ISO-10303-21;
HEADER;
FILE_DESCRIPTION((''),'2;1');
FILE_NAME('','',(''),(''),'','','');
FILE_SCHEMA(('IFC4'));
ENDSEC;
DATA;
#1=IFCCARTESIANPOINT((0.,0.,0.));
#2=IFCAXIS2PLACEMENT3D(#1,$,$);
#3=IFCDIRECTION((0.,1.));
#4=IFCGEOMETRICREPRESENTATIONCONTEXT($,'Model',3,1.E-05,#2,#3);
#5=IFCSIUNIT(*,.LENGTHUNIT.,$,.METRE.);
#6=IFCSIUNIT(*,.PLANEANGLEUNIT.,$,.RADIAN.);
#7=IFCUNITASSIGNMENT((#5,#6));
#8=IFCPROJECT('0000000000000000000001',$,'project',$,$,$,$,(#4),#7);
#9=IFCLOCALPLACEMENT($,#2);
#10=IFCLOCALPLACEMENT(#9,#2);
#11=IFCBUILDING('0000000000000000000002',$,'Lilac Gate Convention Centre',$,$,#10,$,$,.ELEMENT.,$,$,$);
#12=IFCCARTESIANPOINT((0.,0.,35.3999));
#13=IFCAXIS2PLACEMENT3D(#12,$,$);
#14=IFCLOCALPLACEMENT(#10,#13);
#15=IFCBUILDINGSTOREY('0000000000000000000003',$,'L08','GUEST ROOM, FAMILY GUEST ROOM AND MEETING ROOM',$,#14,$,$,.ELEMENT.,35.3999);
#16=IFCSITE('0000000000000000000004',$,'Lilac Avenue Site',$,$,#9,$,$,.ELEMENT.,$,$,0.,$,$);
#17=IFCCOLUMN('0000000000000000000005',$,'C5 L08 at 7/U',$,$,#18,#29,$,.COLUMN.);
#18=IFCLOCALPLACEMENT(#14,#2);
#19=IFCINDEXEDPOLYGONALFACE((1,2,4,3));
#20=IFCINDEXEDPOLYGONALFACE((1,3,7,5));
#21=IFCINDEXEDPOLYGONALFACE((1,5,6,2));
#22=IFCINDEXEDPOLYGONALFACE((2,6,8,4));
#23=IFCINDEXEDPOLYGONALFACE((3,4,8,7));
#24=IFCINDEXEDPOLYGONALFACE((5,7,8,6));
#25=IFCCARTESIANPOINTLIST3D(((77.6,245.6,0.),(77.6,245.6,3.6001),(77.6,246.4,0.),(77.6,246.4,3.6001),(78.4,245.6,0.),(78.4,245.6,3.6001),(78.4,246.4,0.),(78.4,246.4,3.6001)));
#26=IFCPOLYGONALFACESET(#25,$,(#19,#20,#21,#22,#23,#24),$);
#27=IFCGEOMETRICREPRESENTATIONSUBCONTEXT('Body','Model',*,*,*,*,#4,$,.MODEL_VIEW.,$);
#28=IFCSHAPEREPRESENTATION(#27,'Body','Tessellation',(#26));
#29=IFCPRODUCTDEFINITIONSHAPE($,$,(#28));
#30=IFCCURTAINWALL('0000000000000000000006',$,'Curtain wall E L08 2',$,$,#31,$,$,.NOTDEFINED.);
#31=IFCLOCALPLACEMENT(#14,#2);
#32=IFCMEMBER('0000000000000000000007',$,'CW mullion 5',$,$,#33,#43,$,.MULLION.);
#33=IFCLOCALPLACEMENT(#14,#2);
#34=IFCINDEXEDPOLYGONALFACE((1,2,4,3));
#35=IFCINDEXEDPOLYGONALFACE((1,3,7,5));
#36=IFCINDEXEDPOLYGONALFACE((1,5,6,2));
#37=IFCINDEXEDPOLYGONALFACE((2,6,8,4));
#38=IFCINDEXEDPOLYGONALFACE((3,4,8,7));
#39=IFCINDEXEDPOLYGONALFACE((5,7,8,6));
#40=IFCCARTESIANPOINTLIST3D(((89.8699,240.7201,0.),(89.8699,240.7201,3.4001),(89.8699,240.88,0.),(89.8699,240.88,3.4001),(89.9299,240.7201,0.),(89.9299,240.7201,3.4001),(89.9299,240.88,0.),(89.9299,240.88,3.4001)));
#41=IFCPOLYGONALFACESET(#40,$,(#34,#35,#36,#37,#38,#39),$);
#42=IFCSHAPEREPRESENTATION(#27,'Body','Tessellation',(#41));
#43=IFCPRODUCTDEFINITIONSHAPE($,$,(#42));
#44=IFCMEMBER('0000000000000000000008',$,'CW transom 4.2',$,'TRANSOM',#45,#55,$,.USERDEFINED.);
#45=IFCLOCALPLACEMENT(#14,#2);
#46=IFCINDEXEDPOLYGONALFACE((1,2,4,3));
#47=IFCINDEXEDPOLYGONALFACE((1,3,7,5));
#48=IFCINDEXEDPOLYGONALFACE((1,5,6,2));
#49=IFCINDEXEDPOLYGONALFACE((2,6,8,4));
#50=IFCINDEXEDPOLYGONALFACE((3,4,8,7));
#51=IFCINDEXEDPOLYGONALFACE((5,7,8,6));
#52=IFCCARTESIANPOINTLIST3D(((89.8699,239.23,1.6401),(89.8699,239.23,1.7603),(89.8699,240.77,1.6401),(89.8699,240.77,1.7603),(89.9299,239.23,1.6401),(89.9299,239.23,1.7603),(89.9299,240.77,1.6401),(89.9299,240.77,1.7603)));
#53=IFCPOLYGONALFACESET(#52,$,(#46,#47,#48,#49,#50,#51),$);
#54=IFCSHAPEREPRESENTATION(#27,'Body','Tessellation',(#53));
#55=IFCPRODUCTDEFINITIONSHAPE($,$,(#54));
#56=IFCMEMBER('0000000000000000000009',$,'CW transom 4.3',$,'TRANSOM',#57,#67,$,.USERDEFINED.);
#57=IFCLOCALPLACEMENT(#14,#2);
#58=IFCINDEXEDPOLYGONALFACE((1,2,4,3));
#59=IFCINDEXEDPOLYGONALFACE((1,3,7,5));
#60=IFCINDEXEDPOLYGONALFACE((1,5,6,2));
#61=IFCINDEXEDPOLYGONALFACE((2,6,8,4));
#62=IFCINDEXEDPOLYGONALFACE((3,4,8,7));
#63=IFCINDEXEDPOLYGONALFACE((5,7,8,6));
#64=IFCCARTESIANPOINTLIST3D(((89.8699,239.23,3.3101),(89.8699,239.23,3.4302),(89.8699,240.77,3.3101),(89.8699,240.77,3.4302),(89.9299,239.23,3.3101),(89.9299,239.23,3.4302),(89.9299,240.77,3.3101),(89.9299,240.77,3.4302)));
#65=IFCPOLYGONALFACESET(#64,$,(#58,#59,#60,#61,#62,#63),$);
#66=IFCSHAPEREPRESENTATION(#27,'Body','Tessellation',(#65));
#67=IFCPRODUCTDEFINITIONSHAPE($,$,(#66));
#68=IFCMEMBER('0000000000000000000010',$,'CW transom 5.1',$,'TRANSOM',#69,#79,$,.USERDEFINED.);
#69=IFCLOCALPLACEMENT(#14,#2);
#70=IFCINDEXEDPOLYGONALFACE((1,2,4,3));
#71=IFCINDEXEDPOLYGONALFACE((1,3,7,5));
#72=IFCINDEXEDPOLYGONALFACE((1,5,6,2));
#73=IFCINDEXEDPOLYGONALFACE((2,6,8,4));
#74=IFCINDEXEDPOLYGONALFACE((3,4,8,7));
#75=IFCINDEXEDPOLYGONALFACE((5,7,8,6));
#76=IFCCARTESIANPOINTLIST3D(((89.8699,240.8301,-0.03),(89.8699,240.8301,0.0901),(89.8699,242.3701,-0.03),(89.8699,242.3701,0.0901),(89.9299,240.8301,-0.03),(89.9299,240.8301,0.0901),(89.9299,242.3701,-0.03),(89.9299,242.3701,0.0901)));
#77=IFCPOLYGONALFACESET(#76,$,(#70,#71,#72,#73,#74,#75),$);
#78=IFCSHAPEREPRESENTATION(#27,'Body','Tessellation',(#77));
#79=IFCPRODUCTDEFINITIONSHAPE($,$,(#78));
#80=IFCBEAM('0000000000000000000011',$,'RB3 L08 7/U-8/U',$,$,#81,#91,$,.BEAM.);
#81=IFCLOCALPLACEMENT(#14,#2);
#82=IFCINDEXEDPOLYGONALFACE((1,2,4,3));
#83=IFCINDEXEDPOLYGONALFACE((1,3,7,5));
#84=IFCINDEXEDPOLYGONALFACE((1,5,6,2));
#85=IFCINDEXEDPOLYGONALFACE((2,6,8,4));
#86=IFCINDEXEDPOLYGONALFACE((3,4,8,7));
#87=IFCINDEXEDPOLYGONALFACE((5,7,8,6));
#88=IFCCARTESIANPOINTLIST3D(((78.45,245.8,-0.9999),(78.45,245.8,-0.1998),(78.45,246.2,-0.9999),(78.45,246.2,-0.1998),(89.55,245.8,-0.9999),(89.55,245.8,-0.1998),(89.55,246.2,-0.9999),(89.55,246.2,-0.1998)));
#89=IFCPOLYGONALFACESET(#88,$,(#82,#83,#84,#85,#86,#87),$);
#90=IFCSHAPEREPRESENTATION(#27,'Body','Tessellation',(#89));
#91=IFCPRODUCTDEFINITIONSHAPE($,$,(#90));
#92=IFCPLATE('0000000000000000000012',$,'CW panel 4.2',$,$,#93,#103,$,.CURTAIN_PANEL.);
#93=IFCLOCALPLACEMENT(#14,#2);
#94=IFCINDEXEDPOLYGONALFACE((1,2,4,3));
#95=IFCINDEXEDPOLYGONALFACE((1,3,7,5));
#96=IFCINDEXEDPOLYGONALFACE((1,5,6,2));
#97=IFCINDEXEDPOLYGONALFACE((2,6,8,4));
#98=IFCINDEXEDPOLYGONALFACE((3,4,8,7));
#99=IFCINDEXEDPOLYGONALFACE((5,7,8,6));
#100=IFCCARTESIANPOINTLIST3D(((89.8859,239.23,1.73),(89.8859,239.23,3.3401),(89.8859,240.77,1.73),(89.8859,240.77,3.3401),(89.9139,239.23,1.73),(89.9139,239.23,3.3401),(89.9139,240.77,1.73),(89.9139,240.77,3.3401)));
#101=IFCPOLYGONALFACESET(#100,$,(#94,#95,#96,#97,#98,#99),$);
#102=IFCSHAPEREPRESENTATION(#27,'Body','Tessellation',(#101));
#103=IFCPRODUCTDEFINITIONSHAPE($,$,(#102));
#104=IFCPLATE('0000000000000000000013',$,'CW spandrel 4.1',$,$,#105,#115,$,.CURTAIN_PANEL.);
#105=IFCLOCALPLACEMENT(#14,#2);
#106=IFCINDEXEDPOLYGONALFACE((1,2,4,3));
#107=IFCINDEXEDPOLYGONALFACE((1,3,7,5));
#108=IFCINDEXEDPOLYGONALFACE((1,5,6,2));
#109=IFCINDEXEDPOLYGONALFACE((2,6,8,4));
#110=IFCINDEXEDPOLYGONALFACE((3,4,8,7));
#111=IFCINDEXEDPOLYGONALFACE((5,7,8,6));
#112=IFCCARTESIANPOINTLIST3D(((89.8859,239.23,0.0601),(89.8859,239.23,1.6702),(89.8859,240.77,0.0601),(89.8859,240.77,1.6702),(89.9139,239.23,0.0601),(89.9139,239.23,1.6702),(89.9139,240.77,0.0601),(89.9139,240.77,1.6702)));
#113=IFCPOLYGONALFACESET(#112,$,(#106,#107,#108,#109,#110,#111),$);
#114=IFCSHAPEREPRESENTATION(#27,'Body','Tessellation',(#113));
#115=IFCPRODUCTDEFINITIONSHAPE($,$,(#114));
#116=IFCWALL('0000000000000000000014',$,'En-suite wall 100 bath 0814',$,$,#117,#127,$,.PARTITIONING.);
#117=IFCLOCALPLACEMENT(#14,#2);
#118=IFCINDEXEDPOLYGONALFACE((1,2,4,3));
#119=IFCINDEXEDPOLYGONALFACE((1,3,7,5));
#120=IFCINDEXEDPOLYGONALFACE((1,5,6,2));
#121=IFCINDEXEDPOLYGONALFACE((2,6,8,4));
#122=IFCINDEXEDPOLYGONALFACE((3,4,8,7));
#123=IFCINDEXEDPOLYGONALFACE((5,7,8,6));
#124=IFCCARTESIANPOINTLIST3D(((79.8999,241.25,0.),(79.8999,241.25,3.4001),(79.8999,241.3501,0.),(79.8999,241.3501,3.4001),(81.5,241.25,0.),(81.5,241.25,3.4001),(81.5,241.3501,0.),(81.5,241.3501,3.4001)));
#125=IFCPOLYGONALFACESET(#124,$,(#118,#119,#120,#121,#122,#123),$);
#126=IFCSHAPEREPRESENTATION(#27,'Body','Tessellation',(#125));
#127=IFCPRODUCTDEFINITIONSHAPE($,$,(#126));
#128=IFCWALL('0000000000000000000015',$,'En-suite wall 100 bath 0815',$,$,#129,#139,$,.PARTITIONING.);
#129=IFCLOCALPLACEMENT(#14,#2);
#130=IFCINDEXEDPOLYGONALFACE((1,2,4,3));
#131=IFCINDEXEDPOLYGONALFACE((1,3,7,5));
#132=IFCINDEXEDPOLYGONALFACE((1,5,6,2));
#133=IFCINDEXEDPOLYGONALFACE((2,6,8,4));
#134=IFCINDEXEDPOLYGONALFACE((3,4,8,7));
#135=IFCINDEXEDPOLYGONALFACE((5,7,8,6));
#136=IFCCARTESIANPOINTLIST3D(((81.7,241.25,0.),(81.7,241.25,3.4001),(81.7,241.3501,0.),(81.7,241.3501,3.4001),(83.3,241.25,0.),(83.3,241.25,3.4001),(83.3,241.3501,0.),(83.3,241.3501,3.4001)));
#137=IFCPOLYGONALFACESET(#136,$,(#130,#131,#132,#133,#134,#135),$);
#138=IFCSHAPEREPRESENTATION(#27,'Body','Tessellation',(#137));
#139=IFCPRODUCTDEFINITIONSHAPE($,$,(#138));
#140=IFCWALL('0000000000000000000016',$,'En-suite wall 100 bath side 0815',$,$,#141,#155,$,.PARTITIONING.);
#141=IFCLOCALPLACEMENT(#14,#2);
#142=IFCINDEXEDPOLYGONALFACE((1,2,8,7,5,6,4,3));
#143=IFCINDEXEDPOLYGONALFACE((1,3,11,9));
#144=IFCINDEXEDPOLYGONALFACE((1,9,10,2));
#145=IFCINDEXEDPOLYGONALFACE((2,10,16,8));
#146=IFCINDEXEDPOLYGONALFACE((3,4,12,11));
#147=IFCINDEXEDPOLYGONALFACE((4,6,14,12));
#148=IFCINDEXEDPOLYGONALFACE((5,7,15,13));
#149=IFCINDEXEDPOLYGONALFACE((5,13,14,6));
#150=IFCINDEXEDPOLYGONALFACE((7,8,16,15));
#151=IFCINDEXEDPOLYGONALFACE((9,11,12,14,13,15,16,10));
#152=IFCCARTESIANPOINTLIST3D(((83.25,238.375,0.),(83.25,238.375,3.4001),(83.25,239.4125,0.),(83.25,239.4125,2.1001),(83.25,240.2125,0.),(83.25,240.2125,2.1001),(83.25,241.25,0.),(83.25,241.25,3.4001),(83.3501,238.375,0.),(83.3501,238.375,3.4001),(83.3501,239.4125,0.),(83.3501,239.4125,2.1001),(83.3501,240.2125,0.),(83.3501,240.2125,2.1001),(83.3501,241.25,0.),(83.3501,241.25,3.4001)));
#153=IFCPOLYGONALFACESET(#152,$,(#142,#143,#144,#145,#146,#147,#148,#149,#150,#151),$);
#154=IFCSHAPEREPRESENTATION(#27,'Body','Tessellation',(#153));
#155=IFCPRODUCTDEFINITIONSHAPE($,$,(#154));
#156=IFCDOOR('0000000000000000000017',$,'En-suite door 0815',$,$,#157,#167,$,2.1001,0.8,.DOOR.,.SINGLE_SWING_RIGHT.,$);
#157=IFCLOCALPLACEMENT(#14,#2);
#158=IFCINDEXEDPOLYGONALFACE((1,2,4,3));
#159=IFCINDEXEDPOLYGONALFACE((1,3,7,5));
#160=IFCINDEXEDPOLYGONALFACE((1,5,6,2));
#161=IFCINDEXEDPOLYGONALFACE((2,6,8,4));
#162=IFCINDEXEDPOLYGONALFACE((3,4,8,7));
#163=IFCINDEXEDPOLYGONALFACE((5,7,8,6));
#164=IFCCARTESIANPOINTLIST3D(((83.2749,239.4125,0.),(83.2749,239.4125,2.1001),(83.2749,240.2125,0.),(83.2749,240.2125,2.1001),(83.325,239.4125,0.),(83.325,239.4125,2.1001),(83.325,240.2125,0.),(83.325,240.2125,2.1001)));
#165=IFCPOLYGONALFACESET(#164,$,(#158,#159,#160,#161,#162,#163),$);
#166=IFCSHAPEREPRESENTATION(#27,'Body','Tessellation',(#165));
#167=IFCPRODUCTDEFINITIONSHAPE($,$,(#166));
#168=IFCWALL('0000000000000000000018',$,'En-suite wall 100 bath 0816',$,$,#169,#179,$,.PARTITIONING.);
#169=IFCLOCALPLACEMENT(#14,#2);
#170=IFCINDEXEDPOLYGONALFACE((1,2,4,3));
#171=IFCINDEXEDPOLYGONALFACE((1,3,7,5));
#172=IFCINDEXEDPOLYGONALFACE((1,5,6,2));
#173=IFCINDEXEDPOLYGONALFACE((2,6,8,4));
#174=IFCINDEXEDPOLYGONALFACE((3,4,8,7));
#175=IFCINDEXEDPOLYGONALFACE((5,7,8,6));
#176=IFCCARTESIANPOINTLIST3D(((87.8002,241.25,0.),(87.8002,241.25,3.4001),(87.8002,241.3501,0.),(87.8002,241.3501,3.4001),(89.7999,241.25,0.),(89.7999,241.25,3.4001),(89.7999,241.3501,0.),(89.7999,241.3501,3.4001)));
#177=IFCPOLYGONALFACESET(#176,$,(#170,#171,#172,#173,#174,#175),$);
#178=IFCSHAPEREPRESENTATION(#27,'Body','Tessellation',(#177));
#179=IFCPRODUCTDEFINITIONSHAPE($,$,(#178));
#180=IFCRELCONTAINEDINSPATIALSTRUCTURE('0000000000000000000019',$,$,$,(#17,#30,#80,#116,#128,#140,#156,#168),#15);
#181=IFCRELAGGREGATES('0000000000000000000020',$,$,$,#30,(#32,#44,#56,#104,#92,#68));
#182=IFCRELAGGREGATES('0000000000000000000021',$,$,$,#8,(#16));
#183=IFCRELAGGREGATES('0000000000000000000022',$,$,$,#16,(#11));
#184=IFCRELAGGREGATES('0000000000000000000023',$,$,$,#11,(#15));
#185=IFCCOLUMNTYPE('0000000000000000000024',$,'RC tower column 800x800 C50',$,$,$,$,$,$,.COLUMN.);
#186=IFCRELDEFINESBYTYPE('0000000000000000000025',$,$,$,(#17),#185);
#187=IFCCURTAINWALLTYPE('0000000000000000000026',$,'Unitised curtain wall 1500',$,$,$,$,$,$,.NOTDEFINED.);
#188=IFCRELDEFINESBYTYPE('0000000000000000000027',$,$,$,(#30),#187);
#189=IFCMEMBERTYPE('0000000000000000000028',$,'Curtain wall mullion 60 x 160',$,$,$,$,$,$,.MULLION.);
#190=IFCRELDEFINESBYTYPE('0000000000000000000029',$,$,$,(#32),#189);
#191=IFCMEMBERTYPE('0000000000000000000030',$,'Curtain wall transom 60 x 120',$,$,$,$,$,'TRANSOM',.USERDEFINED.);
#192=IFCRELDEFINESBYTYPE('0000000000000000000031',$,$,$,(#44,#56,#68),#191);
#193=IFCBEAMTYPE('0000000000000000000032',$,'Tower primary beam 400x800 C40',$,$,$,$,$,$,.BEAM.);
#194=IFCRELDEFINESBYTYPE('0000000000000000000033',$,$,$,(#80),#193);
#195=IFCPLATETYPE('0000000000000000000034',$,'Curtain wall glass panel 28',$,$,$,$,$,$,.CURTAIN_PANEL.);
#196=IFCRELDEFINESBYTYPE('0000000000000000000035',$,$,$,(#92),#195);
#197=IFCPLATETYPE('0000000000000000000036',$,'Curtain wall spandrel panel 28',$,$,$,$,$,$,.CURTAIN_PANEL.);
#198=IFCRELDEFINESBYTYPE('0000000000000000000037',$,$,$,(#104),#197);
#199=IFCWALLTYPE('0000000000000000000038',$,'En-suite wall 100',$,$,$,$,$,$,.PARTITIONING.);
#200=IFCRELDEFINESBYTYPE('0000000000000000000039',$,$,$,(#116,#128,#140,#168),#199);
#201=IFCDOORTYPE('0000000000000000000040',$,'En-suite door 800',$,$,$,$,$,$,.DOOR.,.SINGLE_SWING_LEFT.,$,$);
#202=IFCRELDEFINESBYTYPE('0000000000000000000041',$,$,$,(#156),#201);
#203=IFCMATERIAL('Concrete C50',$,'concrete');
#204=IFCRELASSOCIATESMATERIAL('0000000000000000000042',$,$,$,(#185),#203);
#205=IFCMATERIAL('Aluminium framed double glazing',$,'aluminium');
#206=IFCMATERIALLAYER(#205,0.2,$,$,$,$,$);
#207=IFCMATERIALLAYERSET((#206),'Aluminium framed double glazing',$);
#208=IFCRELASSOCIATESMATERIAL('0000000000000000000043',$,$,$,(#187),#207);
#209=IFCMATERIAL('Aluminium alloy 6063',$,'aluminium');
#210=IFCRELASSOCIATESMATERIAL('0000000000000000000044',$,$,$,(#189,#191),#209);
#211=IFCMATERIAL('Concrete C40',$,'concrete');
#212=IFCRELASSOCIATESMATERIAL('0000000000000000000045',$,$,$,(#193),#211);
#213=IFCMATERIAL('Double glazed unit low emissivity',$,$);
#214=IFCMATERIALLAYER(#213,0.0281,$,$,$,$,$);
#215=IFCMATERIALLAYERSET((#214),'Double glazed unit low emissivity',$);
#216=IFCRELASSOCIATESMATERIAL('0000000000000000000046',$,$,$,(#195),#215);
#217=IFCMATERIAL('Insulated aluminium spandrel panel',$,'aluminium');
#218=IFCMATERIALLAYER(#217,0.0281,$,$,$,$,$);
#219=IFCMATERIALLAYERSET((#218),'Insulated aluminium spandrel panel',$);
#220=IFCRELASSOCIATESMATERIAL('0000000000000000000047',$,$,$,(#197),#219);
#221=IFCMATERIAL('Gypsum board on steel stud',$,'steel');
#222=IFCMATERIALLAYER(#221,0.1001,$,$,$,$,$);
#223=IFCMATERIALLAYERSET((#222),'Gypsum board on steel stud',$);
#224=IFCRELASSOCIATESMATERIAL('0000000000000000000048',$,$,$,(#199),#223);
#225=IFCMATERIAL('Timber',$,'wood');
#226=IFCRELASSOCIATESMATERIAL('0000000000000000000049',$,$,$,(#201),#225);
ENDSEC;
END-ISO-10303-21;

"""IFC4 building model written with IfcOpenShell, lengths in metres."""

from ifc_helpers import new_model, si_unit, direction, frame, frame_2d, origin, origin_2d, place, context, subcontext, project, spatial, rectangle, extrude, material, layer, layer_set, material_profile, profile_set, type_object, element, fill, aggregate, save


model = new_model("IFC4")

# Units and contexts
model_context = context("Model", 3, precision=1e-05, world=origin(), true_north=direction((0.0, 1.0)))
body_context = subcontext(model_context, "Body", "Model", "MODEL_VIEW")
ifc_project = project(units=[si_unit("LENGTHUNIT", "METRE"), si_unit("PLANEANGLEUNIT", "RADIAN")], contexts=[model_context])

# Site, building, storey
site_placement = place(None, origin())
site = spatial("IfcSite", under=ifc_project, at=site_placement, Name="Lilac Avenue Site", CompositionType="ELEMENT", RefElevation=0.0)
building_placement = place(site_placement, origin())
building = spatial("IfcBuilding", under=site, at=building_placement, Name="Lilac Gate Convention Centre", CompositionType="ELEMENT")
storey_placement = place(building_placement, frame((0.0, 0.0, 35.3999)))
storey = spatial("IfcBuildingStorey", under=building, at=storey_placement, Name="L08", Description="GUEST ROOM, FAMILY GUEST ROOM AND MEETING ROOM", CompositionType="ELEMENT", Elevation=35.3999)

# Column
ifc_material_1 = material(Name="Concrete C50", Category="concrete")
ifc_material_profile_1 = material_profile(ifc_material_1, rectangle(XDim=0.8, YDim=0.8, at=origin_2d()), Name="RC 800x800")
ifc_profile_set_1 = profile_set([ifc_material_profile_1], Name="Concrete C50")
column_type = type_object("IfcColumnType", Name="RC tower column 800x800 C50", PredefinedType="COLUMN", material=ifc_profile_set_1)
column_placement = place(storey_placement, frame((78.0, 246.0, 0.0), z_axis=(0.0, 0.0, 1.0), x_axis=(1.0, 0.0, 0.0)))
element("IfcColumn", 1, at=column_placement, inside=storey, type_object=column_type, Name="C5 L08 at 7/U", PredefinedType="COLUMN", context=body_context, shape_type="SweptSolid", body=[
    extrude(rectangle(XDim=0.8, YDim=0.8, at=origin_2d()), origin(), (0.0, 0.0, 1.0), 3.6001),
])

# Curtain wall, members
ifc_material_2 = material(Name="Aluminium framed double glazing", Category="aluminium")
ifc_layer_1 = layer(ifc_material_2, 0.2)
ifc_layer_set_1 = layer_set([ifc_layer_1], Name="Aluminium framed double glazing")
curtain_wall_type = type_object("IfcCurtainWallType", Name="Unitised curtain wall 1500", PredefinedType="NOTDEFINED", material=ifc_layer_set_1)
curtain_wall_placement = place(storey_placement, origin())
curtain_wall = element("IfcCurtainWall", 2, at=curtain_wall_placement, inside=storey, type_object=curtain_wall_type, Name="Curtain wall E L08 2", PredefinedType="NOTDEFINED")
ifc_material_3 = material(Name="Aluminium alloy 6063", Category="aluminium")
ifc_material_profile_2 = material_profile(ifc_material_3, rectangle(XDim=0.0601, YDim=0.1599, at=origin_2d()), Name="Curtain wall mullion 60 x 160")
ifc_profile_set_2 = profile_set([ifc_material_profile_2], Name="Aluminium alloy 6063")
member_type_1 = type_object("IfcMemberType", Name="Curtain wall mullion 60 x 160", PredefinedType="MULLION", material=ifc_profile_set_2)
member_1_placement = place(storey_placement, frame((89.8999, 240.8, 0.0), z_axis=(0.0, 0.0, 1.0), x_axis=(-1.0, 0.0, 0.0)))
member_1 = element("IfcMember", 3, at=member_1_placement, type_object=member_type_1, Name="CW mullion 5", PredefinedType="MULLION", context=body_context, shape_type="SweptSolid", body=[
    extrude(rectangle(XDim=0.0601, YDim=0.1599, at=origin_2d()), origin(), (0.0, 0.0, 1.0), 3.4001),
])
ifc_material_profile_3 = material_profile(ifc_material_3, rectangle(XDim=0.0601, YDim=0.1201, at=origin_2d()), Name="Curtain wall transom 60 x 120")
ifc_profile_set_3 = profile_set([ifc_material_profile_3], Name="Aluminium alloy 6063")
member_type_2 = type_object("IfcMemberType", Name="Curtain wall transom 60 x 120", ElementType="TRANSOM", PredefinedType="USERDEFINED", material=ifc_profile_set_3)
member_2_placement = place(storey_placement, frame((89.8999, 239.23, 1.7002), z_axis=(0.0, 1.0, 0.0), x_axis=(-1.0, 0.0, 0.0)))
member_2 = element("IfcMember", 4, at=member_2_placement, type_object=member_type_2, Name="CW transom 4.2", ObjectType="TRANSOM", PredefinedType="USERDEFINED", context=body_context, shape_type="SweptSolid", body=[
    extrude(rectangle(XDim=0.0601, YDim=0.1201, at=origin_2d()), origin(), (0.0, 0.0, 1.0), 1.54),
])
member_3_placement = place(storey_placement, frame((89.8999, 239.23, 3.3701), z_axis=(0.0, 1.0, 0.0), x_axis=(-1.0, 0.0, 0.0)))
member_3 = element("IfcMember", 5, at=member_3_placement, type_object=member_type_2, Name="CW transom 4.3", ObjectType="TRANSOM", PredefinedType="USERDEFINED", context=body_context, shape_type="SweptSolid", body=[
    extrude(rectangle(XDim=0.0601, YDim=0.1201, at=origin_2d()), origin(), (0.0, 0.0, 1.0), 1.54),
])
member_4_placement = place(storey_placement, frame((89.8999, 240.8301, 0.03), z_axis=(0.0, 1.0, 0.0), x_axis=(-1.0, 0.0, 0.0)))
member_4 = element("IfcMember", 6, at=member_4_placement, type_object=member_type_2, Name="CW transom 5.1", ObjectType="TRANSOM", PredefinedType="USERDEFINED", context=body_context, shape_type="SweptSolid", body=[
    extrude(rectangle(XDim=0.0601, YDim=0.1201, at=origin_2d()), origin(), (0.0, 0.0, 1.0), 1.54),
])

# Beam
ifc_material_4 = material(Name="Concrete C40", Category="concrete")
ifc_material_profile_4 = material_profile(ifc_material_4, rectangle(XDim=0.3999, YDim=0.8, at=origin_2d()), Name="RC 400x800")
ifc_profile_set_4 = profile_set([ifc_material_profile_4], Name="Concrete C40")
beam_type = type_object("IfcBeamType", Name="Tower primary beam 400x800 C40", PredefinedType="BEAM", material=ifc_profile_set_4)
beam_placement = place(storey_placement, frame((78.45, 246.0, -0.5999), z_axis=(1.0, 0.0, 0.0), x_axis=(0.0, 1.0, 0.0)))
element("IfcBeam", 7, at=beam_placement, inside=storey, type_object=beam_type, Name="RB3 L08 7/U-8/U", PredefinedType="BEAM", context=body_context, shape_type="SweptSolid", body=[
    extrude(rectangle(XDim=0.3999, YDim=0.8, at=origin_2d()), origin(), (0.0, 0.0, 1.0), 11.1001),
])

# Plates
ifc_material_5 = material(Name="Double glazed unit low emissivity")
ifc_layer_2 = layer(ifc_material_5, 0.0281)
ifc_layer_set_2 = layer_set([ifc_layer_2], Name="Double glazed unit low emissivity")
plate_type_1 = type_object("IfcPlateType", Name="Curtain wall glass panel 28", PredefinedType="CURTAIN_PANEL", material=ifc_layer_set_2)
plate_1_placement = place(storey_placement, frame((89.8999, 240.0, 1.73), z_axis=(0.0, 0.0, 1.0), x_axis=(0.0, 1.0, 0.0)))
plate_1 = element("IfcPlate", 8, at=plate_1_placement, type_object=plate_type_1, Name="CW panel 4.2", PredefinedType="CURTAIN_PANEL", context=body_context, shape_type="SweptSolid", body=[
    extrude(rectangle(XDim=1.54, YDim=0.0281, at=origin_2d()), origin(), (0.0, 0.0, 1.0), 1.6101),
])
ifc_material_6 = material(Name="Insulated aluminium spandrel panel", Category="aluminium")
ifc_layer_3 = layer(ifc_material_6, 0.0281)
ifc_layer_set_3 = layer_set([ifc_layer_3], Name="Insulated aluminium spandrel panel")
plate_type_2 = type_object("IfcPlateType", Name="Curtain wall spandrel panel 28", PredefinedType="CURTAIN_PANEL", material=ifc_layer_set_3)
plate_2_placement = place(storey_placement, frame((89.8999, 240.0, 0.0601), z_axis=(0.0, 0.0, 1.0), x_axis=(0.0, 1.0, 0.0)))
plate_2 = element("IfcPlate", 9, at=plate_2_placement, type_object=plate_type_2, Name="CW spandrel 4.1", PredefinedType="CURTAIN_PANEL", context=body_context, shape_type="SweptSolid", body=[
    extrude(rectangle(XDim=1.54, YDim=0.0281, at=origin_2d()), origin(), (0.0, 0.0, 1.0), 1.6101),
])
aggregate(curtain_wall, [member_1, member_2, member_3, plate_2, plate_1, member_4])

# Walls
ifc_material_7 = material(Name="Gypsum board on steel stud", Category="steel")
ifc_layer_4 = layer(ifc_material_7, 0.1001)
ifc_layer_set_4 = layer_set([ifc_layer_4], Name="Gypsum board on steel stud")
wall_type_1 = type_object("IfcWallType", Name="En-suite wall 100", PredefinedType="PARTITIONING", material=ifc_layer_set_4)
for number, where, z_axis, x_axis, name in (
    (10, (79.8999, 241.3, 0.0), (0.0, 0.0, 1.0), (1.0, 0.0, 0.0), "En-suite wall 100 bath 0814"),
    (11, (81.7, 241.3, 0.0), (0.0, 0.0, 1.0), (1.0, 0.0, 0.0), "En-suite wall 100 bath 0815"),
):
    element("IfcWall", number, at=place(storey_placement, frame(where, z_axis=z_axis, x_axis=x_axis)), inside=storey, type_object=wall_type_1, Name=name, PredefinedType="PARTITIONING", context=body_context, shape_type="SweptSolid", body=[
        extrude(rectangle(XDim=1.6001, YDim=0.1001, at=frame_2d((0.8, 0.0))), origin(), (0.0, 0.0, 1.0), 3.4001),
    ])

# Wall, opening, door
wall_1_placement = place(storey_placement, frame((83.3, 241.25, 0.0), z_axis=(0.0, 0.0, 1.0), x_axis=(0.0, -1.0, 0.0)))
wall_1 = element("IfcWall", 12, at=wall_1_placement, inside=storey, type_object=wall_type_1, Name="En-suite wall 100 bath side 0815", PredefinedType="PARTITIONING", context=body_context, shape_type="SweptSolid", body=[
    extrude(rectangle(XDim=2.875, YDim=0.1001, at=frame_2d((1.4375, 0.0))), origin(), (0.0, 0.0, 1.0), 3.4001),
])
opening_1_placement = place(wall_1_placement, frame((1.0376, 0.0, 0.0)))
opening_1 = element("IfcOpeningElement", 13, at=opening_1_placement, cuts=wall_1, PredefinedType="OPENING", context=body_context, shape_type="SweptSolid", body=[
    extrude(rectangle(XDim=0.8, YDim=2.1001, at=frame_2d((0.3999, 1.05))), frame((0.0, 0.0601, 0.0), z_axis=(0.0, -1.0, 0.0), x_axis=(1.0, 0.0, 0.0)), (0.0, 0.0, 1.0), 0.1201),
])
ifc_material_8 = material(Name="Timber", Category="wood")
door_type = type_object("IfcDoorType", Name="En-suite door 800", OperationType="SINGLE_SWING_LEFT", PredefinedType="DOOR", material=ifc_material_8)
door_placement = place(opening_1_placement, origin())
door = element("IfcDoor", 14, at=door_placement, inside=storey, type_object=door_type, Name="En-suite door 0815", OperationType="SINGLE_SWING_RIGHT", OverallHeight=2.1001, OverallWidth=0.8, PredefinedType="DOOR", context=body_context, shape_type="SweptSolid", body=[
    extrude(rectangle(XDim=0.8, YDim=2.1001, at=frame_2d((0.3999, 1.05))), frame((0.0, 0.0249, 0.0), z_axis=(0.0, -1.0, 0.0), x_axis=(1.0, 0.0, 0.0)), (0.0, 0.0, 1.0), 0.05),
])
fill(opening_1, door)

# Wall
wall_2_placement = place(storey_placement, frame((87.8, 241.3, 0.0), z_axis=(0.0, 0.0, 1.0), x_axis=(1.0, 0.0, 0.0)))
element("IfcWall", 15, at=wall_2_placement, inside=storey, type_object=wall_type_1, Name="En-suite wall 100 bath 0816", PredefinedType="PARTITIONING", context=body_context, shape_type="SweptSolid", body=[
    extrude(rectangle(XDim=1.9998, YDim=0.1001, at=frame_2d((1.0, 0.0))), origin(), (0.0, 0.0, 1.0), 3.4001),
])

save(model, "model.ifc")
